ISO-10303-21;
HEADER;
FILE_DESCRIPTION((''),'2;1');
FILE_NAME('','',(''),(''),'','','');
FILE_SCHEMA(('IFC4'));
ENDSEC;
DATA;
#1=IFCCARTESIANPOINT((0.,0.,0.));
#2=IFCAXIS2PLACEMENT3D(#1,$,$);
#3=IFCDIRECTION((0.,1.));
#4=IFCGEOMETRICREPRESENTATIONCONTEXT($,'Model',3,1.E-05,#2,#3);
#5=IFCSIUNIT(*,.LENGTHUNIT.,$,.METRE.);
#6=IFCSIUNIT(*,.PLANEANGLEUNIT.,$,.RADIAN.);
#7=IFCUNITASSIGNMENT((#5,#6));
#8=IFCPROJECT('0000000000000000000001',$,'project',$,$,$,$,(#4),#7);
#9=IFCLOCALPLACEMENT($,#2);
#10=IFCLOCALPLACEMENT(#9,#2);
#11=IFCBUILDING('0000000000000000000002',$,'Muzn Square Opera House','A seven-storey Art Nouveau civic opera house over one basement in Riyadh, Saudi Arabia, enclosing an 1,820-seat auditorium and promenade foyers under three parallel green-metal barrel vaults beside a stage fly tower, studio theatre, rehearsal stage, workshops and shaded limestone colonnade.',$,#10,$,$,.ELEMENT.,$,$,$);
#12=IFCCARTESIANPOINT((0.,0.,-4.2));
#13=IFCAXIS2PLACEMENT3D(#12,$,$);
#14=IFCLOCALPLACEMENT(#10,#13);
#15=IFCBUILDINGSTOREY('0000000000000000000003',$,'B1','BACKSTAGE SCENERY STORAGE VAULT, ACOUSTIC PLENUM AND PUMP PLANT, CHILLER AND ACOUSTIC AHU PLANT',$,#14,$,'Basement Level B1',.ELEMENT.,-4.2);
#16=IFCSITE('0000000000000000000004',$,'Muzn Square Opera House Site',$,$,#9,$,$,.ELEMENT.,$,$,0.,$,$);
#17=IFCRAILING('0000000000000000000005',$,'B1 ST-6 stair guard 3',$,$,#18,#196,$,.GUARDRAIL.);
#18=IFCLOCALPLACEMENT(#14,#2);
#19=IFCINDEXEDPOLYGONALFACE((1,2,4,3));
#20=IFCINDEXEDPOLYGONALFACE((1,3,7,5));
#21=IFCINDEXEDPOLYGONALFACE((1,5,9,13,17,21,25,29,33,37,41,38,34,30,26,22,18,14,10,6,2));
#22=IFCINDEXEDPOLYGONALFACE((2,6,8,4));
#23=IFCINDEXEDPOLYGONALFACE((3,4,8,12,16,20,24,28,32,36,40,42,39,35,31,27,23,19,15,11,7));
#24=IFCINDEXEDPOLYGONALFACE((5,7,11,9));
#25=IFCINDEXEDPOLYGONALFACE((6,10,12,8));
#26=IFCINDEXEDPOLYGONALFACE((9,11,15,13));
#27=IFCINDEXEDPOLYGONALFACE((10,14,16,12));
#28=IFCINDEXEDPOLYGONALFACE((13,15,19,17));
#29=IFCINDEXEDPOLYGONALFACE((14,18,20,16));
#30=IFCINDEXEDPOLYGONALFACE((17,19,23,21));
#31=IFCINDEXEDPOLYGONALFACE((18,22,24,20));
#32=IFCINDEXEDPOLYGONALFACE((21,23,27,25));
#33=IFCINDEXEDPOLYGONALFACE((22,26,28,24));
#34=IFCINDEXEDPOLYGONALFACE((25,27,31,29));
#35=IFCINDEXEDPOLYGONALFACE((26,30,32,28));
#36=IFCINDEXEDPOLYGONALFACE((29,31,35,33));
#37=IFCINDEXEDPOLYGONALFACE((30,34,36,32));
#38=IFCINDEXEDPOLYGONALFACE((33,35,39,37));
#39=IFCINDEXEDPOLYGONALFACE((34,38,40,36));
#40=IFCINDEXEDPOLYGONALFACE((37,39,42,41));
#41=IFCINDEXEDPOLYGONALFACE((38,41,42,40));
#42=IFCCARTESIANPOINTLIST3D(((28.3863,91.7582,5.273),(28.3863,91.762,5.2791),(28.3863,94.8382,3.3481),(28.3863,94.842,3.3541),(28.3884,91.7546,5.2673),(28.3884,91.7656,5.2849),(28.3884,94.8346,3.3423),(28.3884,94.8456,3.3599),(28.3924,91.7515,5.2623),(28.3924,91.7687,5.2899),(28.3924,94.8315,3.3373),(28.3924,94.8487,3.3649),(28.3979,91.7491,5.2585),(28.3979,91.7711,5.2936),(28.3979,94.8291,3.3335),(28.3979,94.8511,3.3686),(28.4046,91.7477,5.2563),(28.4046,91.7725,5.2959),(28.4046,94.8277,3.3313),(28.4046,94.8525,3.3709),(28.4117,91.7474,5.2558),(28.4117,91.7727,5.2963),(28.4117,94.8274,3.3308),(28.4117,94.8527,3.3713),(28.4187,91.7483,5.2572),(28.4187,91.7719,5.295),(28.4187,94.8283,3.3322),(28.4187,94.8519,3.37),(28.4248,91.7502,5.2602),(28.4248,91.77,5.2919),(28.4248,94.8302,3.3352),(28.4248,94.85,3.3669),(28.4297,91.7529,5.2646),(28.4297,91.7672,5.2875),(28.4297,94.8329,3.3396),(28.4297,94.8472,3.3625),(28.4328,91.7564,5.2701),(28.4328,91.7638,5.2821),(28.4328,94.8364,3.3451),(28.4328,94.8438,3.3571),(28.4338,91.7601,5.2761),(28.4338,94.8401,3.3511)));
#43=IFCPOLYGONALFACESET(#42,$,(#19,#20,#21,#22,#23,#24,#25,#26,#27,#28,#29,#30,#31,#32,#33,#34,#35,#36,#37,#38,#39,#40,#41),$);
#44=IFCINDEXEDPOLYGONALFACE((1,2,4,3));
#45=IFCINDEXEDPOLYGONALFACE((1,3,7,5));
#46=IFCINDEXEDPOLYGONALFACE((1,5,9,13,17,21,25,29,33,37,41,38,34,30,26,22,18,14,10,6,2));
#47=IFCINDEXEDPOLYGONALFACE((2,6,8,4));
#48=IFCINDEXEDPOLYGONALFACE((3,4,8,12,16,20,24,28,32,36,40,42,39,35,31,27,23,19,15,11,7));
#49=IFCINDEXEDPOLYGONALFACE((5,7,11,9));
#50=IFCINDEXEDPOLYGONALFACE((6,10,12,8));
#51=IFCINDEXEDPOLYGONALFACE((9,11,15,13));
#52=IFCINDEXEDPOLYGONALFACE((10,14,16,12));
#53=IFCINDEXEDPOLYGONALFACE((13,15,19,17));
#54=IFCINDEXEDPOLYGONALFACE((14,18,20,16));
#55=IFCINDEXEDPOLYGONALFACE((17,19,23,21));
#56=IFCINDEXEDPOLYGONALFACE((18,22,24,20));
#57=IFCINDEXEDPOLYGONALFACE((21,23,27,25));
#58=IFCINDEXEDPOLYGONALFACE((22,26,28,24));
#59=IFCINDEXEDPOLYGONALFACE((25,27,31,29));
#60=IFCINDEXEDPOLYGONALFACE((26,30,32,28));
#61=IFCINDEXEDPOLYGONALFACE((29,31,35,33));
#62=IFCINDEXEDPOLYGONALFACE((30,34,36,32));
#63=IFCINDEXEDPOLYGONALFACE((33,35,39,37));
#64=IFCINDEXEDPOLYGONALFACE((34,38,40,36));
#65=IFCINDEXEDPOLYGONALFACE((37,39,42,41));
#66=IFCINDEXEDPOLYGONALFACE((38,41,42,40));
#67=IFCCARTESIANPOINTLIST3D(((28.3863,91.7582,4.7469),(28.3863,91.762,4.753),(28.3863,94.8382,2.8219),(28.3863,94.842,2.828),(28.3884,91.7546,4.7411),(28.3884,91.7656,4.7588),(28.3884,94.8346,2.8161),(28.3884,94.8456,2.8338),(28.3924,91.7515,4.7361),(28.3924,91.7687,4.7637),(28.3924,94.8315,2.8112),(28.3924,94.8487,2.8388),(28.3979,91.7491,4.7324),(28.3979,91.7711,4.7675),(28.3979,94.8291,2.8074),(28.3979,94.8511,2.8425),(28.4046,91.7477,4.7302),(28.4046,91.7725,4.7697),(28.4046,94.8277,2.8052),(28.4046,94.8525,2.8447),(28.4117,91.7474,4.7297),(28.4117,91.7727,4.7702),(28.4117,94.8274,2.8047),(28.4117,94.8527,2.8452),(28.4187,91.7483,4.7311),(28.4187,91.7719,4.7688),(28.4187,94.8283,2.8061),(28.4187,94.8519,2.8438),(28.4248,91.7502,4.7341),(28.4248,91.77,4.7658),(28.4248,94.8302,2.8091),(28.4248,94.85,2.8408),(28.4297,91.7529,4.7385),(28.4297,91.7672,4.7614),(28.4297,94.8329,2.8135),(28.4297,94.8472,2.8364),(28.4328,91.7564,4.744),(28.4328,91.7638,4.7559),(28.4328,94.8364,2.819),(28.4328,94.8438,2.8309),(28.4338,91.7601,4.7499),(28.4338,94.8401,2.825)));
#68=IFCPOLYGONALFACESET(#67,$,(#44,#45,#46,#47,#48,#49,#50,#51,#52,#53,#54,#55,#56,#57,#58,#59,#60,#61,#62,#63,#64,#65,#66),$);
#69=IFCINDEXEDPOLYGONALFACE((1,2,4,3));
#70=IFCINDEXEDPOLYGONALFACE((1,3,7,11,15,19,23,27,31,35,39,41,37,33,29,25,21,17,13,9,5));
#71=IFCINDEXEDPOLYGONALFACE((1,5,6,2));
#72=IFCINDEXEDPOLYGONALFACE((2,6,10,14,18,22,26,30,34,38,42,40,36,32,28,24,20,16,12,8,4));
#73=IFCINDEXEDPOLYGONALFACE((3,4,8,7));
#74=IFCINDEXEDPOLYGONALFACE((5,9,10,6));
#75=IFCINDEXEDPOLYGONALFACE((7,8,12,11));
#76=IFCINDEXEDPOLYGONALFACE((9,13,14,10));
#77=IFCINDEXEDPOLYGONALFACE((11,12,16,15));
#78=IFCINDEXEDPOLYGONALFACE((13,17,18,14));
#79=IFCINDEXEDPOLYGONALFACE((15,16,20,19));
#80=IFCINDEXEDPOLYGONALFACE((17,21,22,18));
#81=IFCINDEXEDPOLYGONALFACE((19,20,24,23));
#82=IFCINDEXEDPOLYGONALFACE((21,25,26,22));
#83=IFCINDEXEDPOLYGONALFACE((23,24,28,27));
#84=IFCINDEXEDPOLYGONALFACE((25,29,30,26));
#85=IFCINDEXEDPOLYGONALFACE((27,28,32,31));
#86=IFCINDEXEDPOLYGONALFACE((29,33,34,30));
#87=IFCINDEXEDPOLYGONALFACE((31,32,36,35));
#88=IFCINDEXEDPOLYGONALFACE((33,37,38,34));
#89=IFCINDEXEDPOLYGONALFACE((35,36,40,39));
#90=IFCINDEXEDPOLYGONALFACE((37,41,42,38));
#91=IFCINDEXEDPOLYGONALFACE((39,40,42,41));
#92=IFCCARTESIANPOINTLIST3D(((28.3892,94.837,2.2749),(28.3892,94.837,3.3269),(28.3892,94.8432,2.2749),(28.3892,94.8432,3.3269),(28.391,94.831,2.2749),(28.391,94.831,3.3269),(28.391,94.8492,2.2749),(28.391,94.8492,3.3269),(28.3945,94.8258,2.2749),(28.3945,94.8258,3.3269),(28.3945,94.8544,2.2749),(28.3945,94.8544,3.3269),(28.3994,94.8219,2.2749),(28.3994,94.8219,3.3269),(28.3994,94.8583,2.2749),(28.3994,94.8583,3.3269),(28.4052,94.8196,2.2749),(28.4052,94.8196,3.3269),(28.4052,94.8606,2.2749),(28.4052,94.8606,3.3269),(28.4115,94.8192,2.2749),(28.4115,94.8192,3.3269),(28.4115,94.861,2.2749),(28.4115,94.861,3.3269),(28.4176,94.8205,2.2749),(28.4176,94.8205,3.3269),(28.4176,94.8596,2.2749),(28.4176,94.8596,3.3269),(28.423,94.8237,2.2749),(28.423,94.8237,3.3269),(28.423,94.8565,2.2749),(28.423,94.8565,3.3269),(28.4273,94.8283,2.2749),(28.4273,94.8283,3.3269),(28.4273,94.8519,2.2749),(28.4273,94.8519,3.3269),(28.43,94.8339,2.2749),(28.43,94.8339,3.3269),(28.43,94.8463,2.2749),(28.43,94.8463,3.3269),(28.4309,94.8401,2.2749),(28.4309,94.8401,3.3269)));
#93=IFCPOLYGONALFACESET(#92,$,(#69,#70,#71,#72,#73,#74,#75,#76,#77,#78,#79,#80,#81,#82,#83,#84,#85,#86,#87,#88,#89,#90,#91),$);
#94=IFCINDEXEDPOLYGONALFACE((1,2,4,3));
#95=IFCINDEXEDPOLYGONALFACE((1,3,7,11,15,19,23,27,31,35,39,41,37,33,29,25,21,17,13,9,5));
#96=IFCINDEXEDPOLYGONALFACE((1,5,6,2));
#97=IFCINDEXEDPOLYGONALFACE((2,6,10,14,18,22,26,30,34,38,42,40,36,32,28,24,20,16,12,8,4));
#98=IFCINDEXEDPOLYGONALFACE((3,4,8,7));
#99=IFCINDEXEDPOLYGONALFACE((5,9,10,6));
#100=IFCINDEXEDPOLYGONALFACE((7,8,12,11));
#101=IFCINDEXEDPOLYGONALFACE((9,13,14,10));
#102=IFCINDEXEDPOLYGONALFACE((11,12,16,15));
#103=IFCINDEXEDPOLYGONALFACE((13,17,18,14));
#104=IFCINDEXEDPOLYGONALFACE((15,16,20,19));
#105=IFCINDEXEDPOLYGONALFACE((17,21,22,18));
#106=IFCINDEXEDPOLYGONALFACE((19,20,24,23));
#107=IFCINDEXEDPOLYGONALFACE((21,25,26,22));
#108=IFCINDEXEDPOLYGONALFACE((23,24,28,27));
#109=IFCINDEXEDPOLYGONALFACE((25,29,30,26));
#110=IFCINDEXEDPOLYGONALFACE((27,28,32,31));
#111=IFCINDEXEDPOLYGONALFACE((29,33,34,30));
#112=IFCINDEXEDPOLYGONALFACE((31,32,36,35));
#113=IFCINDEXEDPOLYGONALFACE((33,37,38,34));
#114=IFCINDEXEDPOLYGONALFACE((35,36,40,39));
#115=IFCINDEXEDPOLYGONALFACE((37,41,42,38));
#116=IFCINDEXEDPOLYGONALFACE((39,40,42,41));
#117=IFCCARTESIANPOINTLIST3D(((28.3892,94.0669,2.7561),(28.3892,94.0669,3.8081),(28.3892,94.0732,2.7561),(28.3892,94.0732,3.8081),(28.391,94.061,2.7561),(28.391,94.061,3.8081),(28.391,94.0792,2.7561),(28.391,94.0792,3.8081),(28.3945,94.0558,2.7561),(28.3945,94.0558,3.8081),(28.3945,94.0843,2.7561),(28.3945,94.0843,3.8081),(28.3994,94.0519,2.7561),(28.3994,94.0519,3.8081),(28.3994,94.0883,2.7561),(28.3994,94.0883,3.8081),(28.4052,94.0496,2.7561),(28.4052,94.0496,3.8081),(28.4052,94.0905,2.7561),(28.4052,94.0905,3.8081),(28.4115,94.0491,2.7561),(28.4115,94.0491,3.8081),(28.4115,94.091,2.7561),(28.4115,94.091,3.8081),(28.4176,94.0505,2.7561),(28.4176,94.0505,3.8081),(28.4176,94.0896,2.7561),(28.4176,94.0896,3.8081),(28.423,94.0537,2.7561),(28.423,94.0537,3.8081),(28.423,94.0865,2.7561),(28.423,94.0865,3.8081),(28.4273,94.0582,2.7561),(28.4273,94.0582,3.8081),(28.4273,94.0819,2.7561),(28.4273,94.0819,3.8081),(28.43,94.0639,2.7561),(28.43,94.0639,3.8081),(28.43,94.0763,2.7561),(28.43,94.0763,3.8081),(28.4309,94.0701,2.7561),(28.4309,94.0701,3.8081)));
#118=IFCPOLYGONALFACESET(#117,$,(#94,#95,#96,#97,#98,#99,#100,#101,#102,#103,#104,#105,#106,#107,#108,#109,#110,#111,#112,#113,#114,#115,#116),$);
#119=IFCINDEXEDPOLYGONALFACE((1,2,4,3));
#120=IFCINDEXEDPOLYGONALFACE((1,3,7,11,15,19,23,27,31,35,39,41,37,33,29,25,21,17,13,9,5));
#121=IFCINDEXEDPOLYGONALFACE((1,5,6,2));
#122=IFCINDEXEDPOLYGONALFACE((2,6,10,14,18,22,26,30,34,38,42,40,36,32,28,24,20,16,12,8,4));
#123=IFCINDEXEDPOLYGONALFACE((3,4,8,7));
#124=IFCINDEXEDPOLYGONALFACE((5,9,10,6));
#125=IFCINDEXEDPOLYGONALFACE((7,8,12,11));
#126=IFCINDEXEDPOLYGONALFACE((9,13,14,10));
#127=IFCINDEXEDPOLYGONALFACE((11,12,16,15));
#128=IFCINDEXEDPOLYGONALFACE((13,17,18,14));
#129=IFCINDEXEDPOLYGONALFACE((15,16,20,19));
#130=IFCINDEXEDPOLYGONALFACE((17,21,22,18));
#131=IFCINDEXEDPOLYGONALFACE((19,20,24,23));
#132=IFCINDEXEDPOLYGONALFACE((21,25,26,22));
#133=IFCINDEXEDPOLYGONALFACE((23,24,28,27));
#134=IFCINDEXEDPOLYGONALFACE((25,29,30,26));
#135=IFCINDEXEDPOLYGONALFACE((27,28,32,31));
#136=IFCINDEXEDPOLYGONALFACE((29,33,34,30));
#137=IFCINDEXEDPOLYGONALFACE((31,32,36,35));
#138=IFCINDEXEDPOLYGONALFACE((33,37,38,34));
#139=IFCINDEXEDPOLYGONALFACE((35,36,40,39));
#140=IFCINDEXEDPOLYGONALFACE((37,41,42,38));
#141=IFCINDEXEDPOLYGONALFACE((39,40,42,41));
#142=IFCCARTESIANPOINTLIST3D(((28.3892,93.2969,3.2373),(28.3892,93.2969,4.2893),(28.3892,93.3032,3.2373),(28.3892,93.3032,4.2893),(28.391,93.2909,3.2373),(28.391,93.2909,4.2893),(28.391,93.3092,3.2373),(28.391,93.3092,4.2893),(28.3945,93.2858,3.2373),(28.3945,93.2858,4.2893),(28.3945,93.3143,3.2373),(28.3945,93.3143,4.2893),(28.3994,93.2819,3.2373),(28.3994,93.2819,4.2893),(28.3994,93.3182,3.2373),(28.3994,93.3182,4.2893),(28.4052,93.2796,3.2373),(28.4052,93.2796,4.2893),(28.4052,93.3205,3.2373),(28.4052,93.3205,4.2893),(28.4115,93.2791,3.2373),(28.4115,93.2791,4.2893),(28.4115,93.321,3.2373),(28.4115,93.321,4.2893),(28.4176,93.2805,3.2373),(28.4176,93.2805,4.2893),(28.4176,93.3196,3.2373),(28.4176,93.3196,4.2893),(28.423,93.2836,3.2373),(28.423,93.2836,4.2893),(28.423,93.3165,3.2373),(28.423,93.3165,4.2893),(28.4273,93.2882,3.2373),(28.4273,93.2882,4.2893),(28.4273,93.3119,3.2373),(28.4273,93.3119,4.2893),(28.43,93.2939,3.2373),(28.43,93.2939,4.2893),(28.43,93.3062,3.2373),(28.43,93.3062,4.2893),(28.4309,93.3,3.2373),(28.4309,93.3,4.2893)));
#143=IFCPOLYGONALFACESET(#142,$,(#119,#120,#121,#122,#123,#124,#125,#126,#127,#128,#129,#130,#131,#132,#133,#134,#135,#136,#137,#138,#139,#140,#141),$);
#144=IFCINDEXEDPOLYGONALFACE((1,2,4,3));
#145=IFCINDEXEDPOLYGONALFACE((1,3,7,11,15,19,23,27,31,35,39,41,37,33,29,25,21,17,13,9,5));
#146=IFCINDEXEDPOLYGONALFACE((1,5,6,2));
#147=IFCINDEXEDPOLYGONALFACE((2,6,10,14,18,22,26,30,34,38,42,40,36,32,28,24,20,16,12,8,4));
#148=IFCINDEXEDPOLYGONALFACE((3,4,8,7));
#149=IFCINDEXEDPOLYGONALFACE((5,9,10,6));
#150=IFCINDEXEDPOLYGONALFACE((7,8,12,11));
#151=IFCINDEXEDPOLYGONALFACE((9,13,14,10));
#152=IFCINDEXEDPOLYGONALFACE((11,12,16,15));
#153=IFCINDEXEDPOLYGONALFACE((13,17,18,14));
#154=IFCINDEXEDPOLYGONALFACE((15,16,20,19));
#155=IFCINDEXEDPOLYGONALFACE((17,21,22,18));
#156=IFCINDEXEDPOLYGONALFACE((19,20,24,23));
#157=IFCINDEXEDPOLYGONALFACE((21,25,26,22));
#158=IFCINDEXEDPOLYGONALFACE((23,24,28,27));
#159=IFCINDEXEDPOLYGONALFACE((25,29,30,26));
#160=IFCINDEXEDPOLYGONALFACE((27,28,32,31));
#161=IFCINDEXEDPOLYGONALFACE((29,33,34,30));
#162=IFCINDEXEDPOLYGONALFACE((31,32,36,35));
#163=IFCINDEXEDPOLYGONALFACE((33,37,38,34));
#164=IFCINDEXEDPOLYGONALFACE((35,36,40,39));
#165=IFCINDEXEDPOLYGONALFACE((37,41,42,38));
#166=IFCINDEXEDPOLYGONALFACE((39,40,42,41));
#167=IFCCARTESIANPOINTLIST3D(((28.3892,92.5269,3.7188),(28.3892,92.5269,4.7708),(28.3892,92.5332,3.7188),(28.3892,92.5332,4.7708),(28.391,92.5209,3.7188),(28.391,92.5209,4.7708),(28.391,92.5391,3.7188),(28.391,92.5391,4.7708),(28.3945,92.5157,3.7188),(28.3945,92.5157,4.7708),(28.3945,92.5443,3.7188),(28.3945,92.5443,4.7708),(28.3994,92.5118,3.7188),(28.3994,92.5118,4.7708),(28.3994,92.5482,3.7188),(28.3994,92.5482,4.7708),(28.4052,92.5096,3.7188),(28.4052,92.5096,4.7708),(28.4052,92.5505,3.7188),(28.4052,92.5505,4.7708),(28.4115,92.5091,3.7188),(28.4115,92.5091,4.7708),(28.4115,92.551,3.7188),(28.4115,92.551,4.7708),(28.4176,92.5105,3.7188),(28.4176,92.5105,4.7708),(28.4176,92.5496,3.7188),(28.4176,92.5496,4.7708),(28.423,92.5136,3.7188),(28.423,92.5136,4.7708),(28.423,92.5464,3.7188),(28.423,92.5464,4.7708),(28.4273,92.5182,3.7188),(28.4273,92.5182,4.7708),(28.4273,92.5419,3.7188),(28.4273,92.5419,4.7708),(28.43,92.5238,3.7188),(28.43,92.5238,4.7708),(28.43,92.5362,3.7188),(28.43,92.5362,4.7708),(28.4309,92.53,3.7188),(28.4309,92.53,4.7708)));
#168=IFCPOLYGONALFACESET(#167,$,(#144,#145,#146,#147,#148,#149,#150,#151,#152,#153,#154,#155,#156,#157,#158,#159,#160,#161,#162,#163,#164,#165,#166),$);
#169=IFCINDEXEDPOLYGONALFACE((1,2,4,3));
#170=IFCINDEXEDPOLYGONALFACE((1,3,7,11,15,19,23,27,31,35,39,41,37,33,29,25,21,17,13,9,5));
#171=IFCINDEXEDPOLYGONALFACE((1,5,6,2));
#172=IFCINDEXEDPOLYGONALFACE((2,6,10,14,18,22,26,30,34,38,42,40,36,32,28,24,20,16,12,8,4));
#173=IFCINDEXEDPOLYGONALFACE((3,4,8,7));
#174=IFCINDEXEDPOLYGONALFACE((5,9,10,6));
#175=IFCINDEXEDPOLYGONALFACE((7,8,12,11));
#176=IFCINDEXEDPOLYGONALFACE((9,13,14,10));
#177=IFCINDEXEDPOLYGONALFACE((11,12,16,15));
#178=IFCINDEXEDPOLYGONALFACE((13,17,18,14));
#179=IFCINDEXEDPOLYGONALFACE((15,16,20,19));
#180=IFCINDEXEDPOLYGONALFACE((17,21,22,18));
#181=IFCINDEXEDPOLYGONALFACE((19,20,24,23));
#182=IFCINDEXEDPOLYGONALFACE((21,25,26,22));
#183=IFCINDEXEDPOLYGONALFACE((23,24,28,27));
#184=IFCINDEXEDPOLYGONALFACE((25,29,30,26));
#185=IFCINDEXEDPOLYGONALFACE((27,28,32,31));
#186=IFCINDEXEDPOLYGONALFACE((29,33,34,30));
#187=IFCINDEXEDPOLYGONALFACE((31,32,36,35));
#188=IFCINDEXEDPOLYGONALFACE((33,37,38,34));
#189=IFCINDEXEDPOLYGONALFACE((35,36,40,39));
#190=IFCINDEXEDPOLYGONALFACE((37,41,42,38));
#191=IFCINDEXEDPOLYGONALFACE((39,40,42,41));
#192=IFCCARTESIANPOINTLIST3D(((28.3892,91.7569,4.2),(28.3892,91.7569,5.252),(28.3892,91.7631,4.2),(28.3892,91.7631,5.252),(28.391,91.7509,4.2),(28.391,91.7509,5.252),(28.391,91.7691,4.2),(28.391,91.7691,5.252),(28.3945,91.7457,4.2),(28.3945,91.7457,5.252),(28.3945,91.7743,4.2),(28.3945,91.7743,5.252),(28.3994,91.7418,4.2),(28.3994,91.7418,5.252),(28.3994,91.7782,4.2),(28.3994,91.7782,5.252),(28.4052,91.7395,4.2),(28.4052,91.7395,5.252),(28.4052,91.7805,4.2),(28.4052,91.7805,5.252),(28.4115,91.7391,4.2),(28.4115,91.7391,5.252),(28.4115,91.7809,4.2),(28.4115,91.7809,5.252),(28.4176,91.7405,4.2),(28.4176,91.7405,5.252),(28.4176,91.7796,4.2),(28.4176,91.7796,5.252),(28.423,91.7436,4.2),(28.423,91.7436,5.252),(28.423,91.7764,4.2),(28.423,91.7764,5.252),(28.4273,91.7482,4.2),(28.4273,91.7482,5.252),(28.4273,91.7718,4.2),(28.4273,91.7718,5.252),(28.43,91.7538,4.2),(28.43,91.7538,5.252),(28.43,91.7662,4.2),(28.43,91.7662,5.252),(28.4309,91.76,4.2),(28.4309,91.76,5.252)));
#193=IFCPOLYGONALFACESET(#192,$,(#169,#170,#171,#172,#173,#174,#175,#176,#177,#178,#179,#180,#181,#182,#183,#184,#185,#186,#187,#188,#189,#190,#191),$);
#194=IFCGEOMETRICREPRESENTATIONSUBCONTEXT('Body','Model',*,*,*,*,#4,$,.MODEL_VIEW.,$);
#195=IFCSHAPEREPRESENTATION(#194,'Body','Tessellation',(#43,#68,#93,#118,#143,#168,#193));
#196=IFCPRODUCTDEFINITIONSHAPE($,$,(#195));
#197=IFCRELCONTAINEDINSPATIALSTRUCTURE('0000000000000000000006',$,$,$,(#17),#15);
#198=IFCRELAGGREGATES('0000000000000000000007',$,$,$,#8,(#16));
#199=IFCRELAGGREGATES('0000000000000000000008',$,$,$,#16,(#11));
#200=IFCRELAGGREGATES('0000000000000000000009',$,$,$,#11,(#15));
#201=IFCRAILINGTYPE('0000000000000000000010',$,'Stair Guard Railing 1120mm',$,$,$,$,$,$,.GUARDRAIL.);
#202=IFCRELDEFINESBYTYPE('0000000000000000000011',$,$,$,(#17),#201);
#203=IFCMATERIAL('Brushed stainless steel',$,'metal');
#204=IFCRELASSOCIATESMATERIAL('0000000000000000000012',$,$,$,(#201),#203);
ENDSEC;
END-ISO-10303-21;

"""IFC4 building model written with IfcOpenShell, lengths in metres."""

from ifc_helpers import new_model, si_unit, direction, frame, origin, origin_2d, place, context, subcontext, project, spatial, circle, extrude, material, type_object, element, save


model = new_model("IFC4")

# Units and contexts
model_context = context("Model", 3, precision=1e-05, world=origin(), true_north=direction((0.0, 1.0)))
body_context = subcontext(model_context, "Body", "Model", "MODEL_VIEW")
ifc_project = project(units=[si_unit("LENGTHUNIT", "METRE"), si_unit("PLANEANGLEUNIT", "RADIAN")], contexts=[model_context])

# Site, building, storey
site_placement = place(None, origin())
site = spatial("IfcSite", under=ifc_project, at=site_placement, Name="Muzn Square Opera House Site", CompositionType="ELEMENT", RefElevation=0.0)
building_placement = place(site_placement, origin())
building = spatial("IfcBuilding", under=site, at=building_placement, Name="Muzn Square Opera House", Description="A seven-storey Art Nouveau civic opera house over one basement in Riyadh, Saudi Arabia, enclosing an 1,820-seat auditorium and promenade foyers under three parallel green-metal barrel vaults beside a stage fly tower, studio theatre, rehearsal stage, workshops and shaded limestone colonnade.", CompositionType="ELEMENT")
storey_placement = place(building_placement, frame((0.0, 0.0, -4.2)))
storey = spatial("IfcBuildingStorey", under=building, at=storey_placement, Name="B1", Description="BACKSTAGE SCENERY STORAGE VAULT, ACOUSTIC PLENUM AND PUMP PLANT, CHILLER AND ACOUSTIC AHU PLANT", LongName="Basement Level B1", CompositionType="ELEMENT", Elevation=-4.2)

# Railing
ifc_material_1 = material(Name="Brushed stainless steel", Category="metal")
railing_type_1 = type_object("IfcRailingType", Name="Stair Guard Railing 1120mm", PredefinedType="GUARDRAIL", material=ifc_material_1)
railing_1_placement = place(storey_placement, frame((28.4099, 94.8401, 2.2749)))
element("IfcRailing", 1, at=railing_1_placement, inside=storey, type_object=railing_type_1, Name="B1 ST-6 stair guard 3", PredefinedType="GUARDRAIL", context=body_context, shape_type="SweptSolid", body=[
    extrude(circle(Radius=0.0239, at=origin_2d()), frame((0.0, 0.0, 1.0762), z_axis=(0.0, -0.847998, 0.529999), x_axis=(1.0, 0.0, 0.0)), (0.0, 0.0, 1.0), 3.6321),
    extrude(circle(Radius=0.0239, at=origin_2d()), frame((0.0, 0.0, 0.55), z_axis=(0.0, -0.847998, 0.529999), x_axis=(1.0, 0.0, 0.0)), (0.0, 0.0, 1.0), 3.6321),
    extrude(circle(Radius=0.021, at=origin_2d()), origin(), (0.0, 0.0, 1.0), 1.052),
    extrude(circle(Radius=0.021, at=origin_2d()), frame((0.0, -0.77, 0.4812)), (0.0, 0.0, 1.0), 1.052),
    extrude(circle(Radius=0.021, at=origin_2d()), frame((0.0, -1.54, 0.9624)), (0.0, 0.0, 1.0), 1.052),
    extrude(circle(Radius=0.021, at=origin_2d()), frame((0.0, -2.3101, 1.4438)), (0.0, 0.0, 1.0), 1.052),
    extrude(circle(Radius=0.021, at=origin_2d()), frame((0.0, -3.0801, 1.925)), (0.0, 0.0, 1.0), 1.052),
])

save(model, "model.ifc")
